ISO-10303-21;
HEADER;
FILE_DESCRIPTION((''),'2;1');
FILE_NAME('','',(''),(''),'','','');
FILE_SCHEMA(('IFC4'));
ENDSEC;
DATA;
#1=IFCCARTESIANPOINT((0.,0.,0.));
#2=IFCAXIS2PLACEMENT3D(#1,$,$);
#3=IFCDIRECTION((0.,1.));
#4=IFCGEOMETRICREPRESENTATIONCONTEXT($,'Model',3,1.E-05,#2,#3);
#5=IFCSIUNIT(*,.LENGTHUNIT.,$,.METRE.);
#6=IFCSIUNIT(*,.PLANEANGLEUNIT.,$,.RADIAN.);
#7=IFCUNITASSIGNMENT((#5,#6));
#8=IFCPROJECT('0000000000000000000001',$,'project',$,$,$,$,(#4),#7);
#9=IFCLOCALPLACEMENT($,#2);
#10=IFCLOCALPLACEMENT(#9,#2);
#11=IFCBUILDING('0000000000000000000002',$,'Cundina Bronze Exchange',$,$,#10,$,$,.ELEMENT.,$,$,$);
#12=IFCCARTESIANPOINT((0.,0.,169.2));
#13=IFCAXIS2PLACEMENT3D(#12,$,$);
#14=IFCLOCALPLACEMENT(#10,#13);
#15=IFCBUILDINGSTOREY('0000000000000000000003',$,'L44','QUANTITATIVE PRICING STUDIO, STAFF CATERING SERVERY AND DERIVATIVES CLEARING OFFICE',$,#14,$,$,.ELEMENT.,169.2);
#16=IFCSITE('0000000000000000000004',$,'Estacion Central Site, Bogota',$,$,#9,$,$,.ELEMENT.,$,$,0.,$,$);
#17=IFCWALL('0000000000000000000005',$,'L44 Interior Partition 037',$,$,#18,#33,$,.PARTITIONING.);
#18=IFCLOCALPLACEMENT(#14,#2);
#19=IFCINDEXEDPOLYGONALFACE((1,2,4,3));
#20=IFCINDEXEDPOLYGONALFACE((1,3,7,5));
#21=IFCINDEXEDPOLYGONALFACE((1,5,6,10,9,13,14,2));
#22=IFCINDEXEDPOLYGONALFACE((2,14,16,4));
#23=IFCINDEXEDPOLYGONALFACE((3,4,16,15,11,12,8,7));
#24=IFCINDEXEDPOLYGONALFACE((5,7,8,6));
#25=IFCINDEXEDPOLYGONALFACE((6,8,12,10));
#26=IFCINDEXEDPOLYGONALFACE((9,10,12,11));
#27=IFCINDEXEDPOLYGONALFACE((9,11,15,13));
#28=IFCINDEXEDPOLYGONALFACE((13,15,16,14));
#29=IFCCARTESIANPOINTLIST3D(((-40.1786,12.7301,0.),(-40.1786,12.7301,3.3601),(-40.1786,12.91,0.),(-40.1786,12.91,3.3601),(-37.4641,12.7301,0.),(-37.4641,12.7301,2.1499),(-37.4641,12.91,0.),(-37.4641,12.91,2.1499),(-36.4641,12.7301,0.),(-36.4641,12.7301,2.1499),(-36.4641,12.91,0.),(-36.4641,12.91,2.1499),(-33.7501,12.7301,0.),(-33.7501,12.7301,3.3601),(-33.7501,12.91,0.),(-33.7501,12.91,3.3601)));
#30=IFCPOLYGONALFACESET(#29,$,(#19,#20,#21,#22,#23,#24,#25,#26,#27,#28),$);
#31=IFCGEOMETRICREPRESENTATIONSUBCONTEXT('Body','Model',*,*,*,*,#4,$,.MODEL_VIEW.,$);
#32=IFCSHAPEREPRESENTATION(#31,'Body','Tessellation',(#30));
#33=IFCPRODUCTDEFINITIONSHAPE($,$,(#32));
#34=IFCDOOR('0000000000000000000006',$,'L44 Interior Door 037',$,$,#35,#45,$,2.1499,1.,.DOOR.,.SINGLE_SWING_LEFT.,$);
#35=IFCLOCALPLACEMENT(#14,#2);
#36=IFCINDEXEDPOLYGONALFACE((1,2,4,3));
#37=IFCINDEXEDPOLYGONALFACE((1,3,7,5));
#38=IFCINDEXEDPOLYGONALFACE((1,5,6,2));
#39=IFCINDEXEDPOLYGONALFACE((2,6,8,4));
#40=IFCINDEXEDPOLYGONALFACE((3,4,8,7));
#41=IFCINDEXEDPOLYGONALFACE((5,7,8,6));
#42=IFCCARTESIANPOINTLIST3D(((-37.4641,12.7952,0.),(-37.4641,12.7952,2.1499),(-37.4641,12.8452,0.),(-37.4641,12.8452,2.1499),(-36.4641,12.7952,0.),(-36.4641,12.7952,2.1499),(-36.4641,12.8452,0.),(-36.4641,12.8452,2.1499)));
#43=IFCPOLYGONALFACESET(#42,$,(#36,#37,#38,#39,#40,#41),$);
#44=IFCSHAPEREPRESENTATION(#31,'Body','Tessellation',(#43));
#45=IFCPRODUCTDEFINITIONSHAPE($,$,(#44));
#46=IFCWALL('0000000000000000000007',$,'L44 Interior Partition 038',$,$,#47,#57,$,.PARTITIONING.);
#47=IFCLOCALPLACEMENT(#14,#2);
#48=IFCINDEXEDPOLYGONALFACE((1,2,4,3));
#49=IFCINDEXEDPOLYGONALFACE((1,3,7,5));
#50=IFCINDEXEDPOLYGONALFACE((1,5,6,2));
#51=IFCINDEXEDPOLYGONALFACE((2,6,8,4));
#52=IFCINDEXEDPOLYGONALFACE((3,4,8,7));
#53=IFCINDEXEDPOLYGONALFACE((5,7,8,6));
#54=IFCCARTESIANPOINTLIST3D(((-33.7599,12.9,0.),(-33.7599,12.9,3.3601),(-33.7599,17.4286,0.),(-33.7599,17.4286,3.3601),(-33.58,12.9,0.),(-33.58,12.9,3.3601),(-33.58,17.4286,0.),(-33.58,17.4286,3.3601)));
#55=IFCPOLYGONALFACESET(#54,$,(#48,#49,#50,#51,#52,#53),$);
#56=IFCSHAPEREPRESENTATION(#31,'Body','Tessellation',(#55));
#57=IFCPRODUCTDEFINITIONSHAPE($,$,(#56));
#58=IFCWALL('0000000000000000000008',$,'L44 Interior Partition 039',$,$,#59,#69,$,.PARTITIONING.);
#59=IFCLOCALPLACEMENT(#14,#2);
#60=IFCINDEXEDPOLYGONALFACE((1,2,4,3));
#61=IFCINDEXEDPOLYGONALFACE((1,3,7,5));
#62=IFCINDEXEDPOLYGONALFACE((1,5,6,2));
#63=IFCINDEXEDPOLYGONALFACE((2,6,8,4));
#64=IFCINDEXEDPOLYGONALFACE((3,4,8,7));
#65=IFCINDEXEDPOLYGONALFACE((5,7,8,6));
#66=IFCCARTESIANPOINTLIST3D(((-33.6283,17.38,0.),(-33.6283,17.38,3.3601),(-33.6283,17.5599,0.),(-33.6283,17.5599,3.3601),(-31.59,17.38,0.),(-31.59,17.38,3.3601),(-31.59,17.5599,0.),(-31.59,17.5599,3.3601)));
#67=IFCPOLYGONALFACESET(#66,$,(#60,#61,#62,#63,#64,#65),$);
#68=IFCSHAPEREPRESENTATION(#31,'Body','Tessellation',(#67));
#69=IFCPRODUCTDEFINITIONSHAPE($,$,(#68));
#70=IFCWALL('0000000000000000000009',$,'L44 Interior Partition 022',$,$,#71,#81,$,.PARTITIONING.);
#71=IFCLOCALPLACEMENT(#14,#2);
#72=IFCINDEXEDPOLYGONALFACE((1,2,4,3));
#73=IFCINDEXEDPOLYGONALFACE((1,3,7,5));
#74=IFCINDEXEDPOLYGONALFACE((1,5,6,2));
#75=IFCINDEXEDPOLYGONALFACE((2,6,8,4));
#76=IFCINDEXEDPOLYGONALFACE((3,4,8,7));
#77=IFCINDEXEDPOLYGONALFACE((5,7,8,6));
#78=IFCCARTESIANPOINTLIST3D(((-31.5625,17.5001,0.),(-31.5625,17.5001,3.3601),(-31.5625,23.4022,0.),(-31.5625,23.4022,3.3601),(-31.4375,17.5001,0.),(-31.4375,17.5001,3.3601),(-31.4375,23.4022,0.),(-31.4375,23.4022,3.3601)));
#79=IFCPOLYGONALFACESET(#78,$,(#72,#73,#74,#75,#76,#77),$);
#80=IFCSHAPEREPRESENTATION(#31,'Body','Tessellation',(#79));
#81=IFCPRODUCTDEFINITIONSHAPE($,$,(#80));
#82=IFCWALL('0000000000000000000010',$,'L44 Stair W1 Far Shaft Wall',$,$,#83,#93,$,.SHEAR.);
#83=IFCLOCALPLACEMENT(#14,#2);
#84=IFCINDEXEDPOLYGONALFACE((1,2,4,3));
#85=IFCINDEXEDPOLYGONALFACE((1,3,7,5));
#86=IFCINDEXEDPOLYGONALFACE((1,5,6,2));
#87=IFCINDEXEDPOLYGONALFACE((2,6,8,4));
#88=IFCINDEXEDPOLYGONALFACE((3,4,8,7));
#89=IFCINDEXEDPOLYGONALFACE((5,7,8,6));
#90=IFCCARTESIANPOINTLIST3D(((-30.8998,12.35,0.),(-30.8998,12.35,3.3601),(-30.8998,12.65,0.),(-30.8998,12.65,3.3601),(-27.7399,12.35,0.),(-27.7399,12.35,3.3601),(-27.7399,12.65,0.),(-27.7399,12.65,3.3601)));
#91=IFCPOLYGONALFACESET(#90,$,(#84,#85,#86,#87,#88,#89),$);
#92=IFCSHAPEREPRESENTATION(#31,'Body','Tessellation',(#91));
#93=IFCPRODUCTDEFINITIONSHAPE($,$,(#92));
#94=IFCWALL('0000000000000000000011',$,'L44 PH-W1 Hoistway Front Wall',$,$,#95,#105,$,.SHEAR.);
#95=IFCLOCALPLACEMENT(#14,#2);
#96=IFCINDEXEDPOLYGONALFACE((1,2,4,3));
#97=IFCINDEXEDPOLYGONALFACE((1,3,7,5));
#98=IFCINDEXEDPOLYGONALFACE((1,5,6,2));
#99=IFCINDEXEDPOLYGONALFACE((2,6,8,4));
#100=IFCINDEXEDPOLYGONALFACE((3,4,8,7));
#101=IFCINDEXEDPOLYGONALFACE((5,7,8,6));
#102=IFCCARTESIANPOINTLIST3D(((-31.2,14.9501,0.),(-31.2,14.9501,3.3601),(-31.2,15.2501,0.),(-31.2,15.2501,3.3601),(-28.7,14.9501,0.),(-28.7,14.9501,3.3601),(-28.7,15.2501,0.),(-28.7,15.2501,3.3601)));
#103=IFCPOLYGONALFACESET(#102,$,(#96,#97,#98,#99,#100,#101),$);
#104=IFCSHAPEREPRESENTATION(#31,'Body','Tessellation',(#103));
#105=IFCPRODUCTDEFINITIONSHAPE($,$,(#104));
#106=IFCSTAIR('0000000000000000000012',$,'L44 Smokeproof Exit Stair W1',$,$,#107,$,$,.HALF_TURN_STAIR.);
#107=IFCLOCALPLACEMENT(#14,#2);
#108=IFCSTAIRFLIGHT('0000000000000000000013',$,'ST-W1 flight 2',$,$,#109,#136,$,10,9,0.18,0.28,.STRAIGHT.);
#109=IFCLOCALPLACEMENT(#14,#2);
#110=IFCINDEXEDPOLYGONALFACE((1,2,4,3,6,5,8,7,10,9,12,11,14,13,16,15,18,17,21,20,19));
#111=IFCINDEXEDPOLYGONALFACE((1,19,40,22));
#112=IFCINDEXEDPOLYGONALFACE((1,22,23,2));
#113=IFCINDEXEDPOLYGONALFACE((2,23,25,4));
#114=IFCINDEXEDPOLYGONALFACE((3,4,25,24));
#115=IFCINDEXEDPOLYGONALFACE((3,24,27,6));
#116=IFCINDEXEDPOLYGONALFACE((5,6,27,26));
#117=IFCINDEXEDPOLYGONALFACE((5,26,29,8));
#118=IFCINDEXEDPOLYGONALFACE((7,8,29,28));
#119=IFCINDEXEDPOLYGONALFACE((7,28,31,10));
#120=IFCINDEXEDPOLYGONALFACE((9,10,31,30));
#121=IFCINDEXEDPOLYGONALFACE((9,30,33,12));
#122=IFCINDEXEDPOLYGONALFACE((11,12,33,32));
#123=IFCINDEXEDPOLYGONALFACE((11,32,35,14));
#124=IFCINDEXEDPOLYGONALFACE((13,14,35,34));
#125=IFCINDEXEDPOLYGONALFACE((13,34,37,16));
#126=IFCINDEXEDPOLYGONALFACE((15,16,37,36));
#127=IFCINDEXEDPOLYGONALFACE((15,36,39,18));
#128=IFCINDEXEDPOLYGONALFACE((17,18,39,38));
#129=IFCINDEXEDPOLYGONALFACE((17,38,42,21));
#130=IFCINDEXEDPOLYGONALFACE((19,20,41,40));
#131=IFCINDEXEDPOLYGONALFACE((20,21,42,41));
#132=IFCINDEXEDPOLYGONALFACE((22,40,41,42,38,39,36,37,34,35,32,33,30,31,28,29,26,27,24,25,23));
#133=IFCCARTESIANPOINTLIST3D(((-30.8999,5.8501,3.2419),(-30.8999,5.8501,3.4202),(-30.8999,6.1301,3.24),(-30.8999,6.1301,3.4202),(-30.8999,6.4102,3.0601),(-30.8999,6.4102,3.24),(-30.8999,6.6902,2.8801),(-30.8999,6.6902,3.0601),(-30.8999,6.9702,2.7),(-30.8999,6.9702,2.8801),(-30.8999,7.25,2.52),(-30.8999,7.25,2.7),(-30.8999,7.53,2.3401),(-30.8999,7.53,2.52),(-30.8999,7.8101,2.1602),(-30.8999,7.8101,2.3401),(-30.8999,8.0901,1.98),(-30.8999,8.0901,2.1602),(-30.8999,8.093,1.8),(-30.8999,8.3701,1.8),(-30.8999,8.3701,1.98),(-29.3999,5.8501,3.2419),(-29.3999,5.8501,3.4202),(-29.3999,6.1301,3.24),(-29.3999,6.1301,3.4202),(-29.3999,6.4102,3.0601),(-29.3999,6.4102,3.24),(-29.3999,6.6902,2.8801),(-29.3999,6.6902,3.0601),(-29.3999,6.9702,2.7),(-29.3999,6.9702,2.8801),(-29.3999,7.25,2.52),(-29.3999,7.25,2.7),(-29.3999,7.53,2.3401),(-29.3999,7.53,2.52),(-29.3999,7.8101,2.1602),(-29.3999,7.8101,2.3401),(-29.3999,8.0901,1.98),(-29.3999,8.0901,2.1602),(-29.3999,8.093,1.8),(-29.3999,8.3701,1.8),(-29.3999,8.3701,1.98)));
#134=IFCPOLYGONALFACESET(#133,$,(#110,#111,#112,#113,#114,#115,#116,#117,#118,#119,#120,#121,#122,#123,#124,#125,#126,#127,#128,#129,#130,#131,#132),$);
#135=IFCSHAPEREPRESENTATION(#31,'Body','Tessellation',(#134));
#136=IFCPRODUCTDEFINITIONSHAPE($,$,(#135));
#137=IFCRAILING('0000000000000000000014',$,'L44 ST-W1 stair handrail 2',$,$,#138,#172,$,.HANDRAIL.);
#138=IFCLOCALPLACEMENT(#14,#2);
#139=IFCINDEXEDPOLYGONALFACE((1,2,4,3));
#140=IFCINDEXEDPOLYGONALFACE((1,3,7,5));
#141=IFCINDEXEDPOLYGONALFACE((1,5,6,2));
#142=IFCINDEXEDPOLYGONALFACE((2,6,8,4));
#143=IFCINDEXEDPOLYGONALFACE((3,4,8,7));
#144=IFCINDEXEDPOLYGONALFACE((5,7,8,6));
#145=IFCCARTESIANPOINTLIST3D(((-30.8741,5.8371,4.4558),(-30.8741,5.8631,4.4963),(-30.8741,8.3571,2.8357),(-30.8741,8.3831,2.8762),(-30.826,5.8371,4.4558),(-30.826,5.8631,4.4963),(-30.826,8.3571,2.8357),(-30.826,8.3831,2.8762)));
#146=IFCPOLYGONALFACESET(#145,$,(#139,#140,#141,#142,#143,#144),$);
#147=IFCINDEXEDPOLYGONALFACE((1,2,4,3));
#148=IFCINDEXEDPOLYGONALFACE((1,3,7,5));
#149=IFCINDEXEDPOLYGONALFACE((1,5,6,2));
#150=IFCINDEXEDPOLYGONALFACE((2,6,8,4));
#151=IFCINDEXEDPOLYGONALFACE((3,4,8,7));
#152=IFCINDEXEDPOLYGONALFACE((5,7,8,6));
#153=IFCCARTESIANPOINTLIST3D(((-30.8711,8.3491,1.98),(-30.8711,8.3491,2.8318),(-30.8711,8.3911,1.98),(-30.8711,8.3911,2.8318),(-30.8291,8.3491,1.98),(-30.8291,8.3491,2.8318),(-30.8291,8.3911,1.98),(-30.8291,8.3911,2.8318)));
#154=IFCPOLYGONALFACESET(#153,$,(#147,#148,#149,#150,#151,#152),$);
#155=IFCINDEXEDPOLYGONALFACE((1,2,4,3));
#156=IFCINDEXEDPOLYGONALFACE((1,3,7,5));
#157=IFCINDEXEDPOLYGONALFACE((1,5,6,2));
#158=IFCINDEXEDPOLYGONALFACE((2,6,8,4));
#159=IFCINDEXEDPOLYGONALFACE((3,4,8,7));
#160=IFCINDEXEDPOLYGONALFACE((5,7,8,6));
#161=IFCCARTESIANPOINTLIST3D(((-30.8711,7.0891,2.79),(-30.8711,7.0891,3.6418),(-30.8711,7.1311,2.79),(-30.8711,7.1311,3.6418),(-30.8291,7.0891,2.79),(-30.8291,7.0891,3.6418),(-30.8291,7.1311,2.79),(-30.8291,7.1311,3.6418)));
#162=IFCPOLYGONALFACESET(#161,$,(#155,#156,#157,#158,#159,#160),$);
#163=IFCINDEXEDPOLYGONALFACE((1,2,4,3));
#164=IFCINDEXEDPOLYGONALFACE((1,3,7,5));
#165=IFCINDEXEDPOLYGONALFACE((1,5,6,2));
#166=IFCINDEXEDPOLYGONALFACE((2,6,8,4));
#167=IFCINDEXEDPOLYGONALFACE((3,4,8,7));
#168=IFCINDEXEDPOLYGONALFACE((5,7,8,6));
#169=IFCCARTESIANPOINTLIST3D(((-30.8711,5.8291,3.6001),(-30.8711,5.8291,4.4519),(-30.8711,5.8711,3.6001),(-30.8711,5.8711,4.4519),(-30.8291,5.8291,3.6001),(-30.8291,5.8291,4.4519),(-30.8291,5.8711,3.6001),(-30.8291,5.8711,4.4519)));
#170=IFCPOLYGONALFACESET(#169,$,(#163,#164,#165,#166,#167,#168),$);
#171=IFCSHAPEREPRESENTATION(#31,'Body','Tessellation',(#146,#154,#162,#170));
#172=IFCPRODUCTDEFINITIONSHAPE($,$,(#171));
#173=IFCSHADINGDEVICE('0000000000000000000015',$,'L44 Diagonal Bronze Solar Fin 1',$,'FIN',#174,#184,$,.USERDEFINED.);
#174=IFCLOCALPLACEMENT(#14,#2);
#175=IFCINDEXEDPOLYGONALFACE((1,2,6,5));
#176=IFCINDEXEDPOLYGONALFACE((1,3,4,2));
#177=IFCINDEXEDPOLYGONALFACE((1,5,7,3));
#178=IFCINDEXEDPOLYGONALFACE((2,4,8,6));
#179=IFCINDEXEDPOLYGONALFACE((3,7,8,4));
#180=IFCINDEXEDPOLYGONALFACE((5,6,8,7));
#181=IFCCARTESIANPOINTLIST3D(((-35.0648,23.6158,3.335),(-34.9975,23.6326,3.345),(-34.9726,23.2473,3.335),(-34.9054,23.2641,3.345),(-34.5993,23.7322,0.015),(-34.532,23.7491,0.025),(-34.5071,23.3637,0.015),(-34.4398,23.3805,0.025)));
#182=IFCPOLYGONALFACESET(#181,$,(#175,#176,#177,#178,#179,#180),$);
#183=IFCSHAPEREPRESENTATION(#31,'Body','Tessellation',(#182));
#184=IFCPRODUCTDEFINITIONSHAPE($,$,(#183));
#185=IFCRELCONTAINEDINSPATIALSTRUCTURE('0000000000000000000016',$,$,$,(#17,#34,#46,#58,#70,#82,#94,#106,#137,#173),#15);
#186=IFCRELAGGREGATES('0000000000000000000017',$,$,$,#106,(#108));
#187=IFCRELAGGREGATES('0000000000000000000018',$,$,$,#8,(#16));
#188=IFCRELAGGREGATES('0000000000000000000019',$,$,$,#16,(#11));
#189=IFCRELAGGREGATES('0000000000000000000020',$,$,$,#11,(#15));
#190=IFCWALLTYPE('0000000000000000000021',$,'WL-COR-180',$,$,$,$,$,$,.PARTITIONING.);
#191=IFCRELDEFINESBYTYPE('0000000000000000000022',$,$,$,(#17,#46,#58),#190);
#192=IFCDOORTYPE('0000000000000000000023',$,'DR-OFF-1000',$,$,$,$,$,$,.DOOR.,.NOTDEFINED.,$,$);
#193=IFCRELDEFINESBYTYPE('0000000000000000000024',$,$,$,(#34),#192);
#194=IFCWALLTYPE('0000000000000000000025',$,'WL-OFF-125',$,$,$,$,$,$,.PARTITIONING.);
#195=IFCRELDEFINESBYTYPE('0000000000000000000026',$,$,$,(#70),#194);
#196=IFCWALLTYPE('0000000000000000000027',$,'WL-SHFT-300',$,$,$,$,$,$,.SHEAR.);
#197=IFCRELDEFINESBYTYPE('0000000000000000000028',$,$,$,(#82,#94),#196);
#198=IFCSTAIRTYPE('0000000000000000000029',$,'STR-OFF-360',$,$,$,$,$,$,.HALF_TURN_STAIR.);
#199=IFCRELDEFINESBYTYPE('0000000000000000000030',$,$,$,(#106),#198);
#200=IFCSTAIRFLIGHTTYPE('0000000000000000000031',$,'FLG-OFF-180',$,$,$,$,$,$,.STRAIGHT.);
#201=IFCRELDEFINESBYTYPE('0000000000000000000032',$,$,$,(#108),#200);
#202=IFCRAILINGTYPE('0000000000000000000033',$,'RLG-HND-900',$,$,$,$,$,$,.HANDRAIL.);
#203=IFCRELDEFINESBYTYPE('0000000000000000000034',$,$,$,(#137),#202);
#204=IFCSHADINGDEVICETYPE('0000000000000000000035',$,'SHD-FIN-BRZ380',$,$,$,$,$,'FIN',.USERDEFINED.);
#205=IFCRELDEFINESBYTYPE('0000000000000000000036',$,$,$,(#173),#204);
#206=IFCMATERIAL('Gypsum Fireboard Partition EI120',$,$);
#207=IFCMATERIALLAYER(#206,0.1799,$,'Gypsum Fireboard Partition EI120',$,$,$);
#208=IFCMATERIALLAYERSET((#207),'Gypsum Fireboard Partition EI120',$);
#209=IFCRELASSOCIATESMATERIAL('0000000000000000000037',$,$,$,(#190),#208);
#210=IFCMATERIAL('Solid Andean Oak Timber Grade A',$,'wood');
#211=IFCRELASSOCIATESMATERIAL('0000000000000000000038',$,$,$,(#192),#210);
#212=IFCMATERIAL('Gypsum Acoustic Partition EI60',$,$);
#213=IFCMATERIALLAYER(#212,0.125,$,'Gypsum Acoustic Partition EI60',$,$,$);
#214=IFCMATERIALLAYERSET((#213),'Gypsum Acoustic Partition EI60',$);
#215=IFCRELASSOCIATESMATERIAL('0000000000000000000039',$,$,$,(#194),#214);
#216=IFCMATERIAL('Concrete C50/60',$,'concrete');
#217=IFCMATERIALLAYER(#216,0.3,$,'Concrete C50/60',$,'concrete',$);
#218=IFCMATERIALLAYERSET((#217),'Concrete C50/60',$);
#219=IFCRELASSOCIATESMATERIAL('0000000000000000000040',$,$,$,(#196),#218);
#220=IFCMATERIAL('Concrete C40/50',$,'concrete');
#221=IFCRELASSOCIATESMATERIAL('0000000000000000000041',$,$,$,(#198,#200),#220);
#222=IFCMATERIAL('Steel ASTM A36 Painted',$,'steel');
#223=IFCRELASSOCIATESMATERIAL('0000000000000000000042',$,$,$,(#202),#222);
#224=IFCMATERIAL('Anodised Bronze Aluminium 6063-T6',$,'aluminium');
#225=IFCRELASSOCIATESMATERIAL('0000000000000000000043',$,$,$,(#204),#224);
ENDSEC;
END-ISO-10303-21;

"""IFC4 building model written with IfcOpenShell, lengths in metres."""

from ifc_helpers import new_model, si_unit, direction, frame, frame_2d, origin, origin_2d, place, context, subcontext, project, spatial, polyline, rectangle, outline, extrude, material, layer, layer_set, material_profile, profile_set, type_object, element, fill, aggregate, save


model = new_model("IFC4")

# Units and contexts
model_context = context("Model", 3, precision=1e-05, world=origin(), true_north=direction((0.0, 1.0)))
body_context = subcontext(model_context, "Body", "Model", "MODEL_VIEW")
ifc_project = project(units=[si_unit("LENGTHUNIT", "METRE"), si_unit("PLANEANGLEUNIT", "RADIAN")], contexts=[model_context])

# Site, building, storey
site_placement = place(None, origin())
site = spatial("IfcSite", under=ifc_project, at=site_placement, Name="Estacion Central Site, Bogota", CompositionType="ELEMENT", RefElevation=0.0)
building_placement = place(site_placement, origin())
building = spatial("IfcBuilding", under=site, at=building_placement, Name="Cundina Bronze Exchange", CompositionType="ELEMENT")
storey_placement = place(building_placement, frame((0.0, 0.0, 169.2)))
storey = spatial("IfcBuildingStorey", under=building, at=storey_placement, Name="L44", Description="QUANTITATIVE PRICING STUDIO, STAFF CATERING SERVERY AND DERIVATIVES CLEARING OFFICE", CompositionType="ELEMENT", Elevation=169.2)

# Shared definitions
ifc_material_1 = material(Name="Concrete C50/60", Category="concrete")

# Shared definitions
ifc_material_2 = material(Name="Anodised Bronze Aluminium 6063-T6", Category="aluminium")

# Shared definitions
ifc_material_3 = material(Name="Gypsum Fireboard Partition EI120")
ifc_layer_1 = layer(ifc_material_3, 0.1799, Name="Gypsum Fireboard Partition EI120")
ifc_layer_set_1 = layer_set([ifc_layer_1], Name="Gypsum Fireboard Partition EI120")
wall_type_1 = type_object("IfcWallType", Name="WL-COR-180", PredefinedType="PARTITIONING", material=ifc_layer_set_1)
ifc_material_4 = material(Name="Solid Andean Oak Timber Grade A", Category="wood")
door_type_1 = type_object("IfcDoorType", Name="DR-OFF-1000", OperationType="NOTDEFINED", PredefinedType="DOOR", material=ifc_material_4)

# Wall, opening, door
wall_1_placement = place(storey_placement, frame((-33.75, 12.8201, 0.0), z_axis=(0.0, 0.0, 1.0), x_axis=(-1.0, 0.0, 0.0)))
wall_1 = element("IfcWall", 1, at=wall_1_placement, inside=storey, type_object=wall_type_1, Name="L44 Interior Partition 037", PredefinedType="PARTITIONING", context=body_context, shape_type="SweptSolid", body=[
    extrude(rectangle(XDim=6.4285, YDim=0.1799, at=frame_2d((3.2144, 0.0))), origin(), (0.0, 0.0, 1.0), 3.3601),
])
opening_1_placement = place(wall_1_placement, frame((2.7141, 0.0, 0.0)))
opening_1 = element("IfcOpeningElement", 2, at=opening_1_placement, cuts=wall_1, PredefinedType="OPENING", context=body_context, shape_type="SweptSolid", body=[
    extrude(rectangle(XDim=1.0, YDim=2.1499, at=frame_2d((0.5, 1.075))), frame((0.0, 0.0999, 0.0), z_axis=(0.0, -1.0, 0.0), x_axis=(1.0, 0.0, 0.0)), (0.0, 0.0, 1.0), 0.2),
])
door_1_placement = place(opening_1_placement, origin())
door_1 = element("IfcDoor", 3, at=door_1_placement, inside=storey, type_object=door_type_1, Name="L44 Interior Door 037", OperationType="SINGLE_SWING_LEFT", OverallHeight=2.1499, OverallWidth=1.0, PredefinedType="DOOR", context=body_context, shape_type="SweptSolid", body=[
    extrude(rectangle(XDim=1.0, YDim=2.1499, at=frame_2d((0.5, 1.075))), frame((0.0, 0.0249, 0.0), z_axis=(0.0, -1.0, 0.0), x_axis=(1.0, 0.0, 0.0)), (0.0, 0.0, 1.0), 0.05),
])
fill(opening_1, door_1)

# Walls
wall_2_placement = place(storey_placement, frame((-33.6699, 17.4285, 0.0), z_axis=(0.0, 0.0, 1.0), x_axis=(0.0, -1.0, 0.0)))
element("IfcWall", 4, at=wall_2_placement, inside=storey, type_object=wall_type_1, Name="L44 Interior Partition 038", PredefinedType="PARTITIONING", context=body_context, shape_type="SweptSolid", body=[
    extrude(rectangle(XDim=4.5286, YDim=0.1799, at=frame_2d((2.2642, 0.0))), origin(), (0.0, 0.0, 1.0), 3.3601),
])
wall_3_placement = place(storey_placement, frame((-31.5901, 17.47, 0.0), z_axis=(0.0, 0.0, 1.0), x_axis=(-1.0, 0.0, 0.0)))
element("IfcWall", 5, at=wall_3_placement, inside=storey, type_object=wall_type_1, Name="L44 Interior Partition 039", PredefinedType="PARTITIONING", context=body_context, shape_type="SweptSolid", body=[
    extrude(rectangle(XDim=2.0383, YDim=0.1799, at=frame_2d((1.019, 0.0))), origin(), (0.0, 0.0, 1.0), 3.3601),
])
ifc_material_5 = material(Name="Gypsum Acoustic Partition EI60")
ifc_layer_2 = layer(ifc_material_5, 0.125, Name="Gypsum Acoustic Partition EI60")
ifc_layer_set_2 = layer_set([ifc_layer_2], Name="Gypsum Acoustic Partition EI60")
wall_type_2 = type_object("IfcWallType", Name="WL-OFF-125", PredefinedType="PARTITIONING", material=ifc_layer_set_2)
wall_4_placement = place(storey_placement, frame((-31.5, 17.5, 0.0), z_axis=(0.0, 0.0, 1.0), x_axis=(0.0, 1.0, 0.0)))
element("IfcWall", 6, at=wall_4_placement, inside=storey, type_object=wall_type_2, Name="L44 Interior Partition 022", PredefinedType="PARTITIONING", context=body_context, shape_type="SweptSolid", body=[
    extrude(rectangle(XDim=5.9021, YDim=0.125, at=frame_2d((2.9512, 0.0))), origin(), (0.0, 0.0, 1.0), 3.3601),
])

# Shared definitions
ifc_layer_3 = layer(ifc_material_1, 0.3, Name="Concrete C50/60", Category="concrete")
ifc_layer_set_3 = layer_set([ifc_layer_3], Name="Concrete C50/60")
wall_type_3 = type_object("IfcWallType", Name="WL-SHFT-300", PredefinedType="SHEAR", material=ifc_layer_set_3)
ifc_material_6 = material(Name="Steel ASTM A36 Painted", Category="steel")

# Walls
wall_5_placement = place(storey_placement, frame((-30.8999, 12.5, 0.0), z_axis=(0.0, 0.0, 1.0), x_axis=(1.0, 0.0, 0.0)))
element("IfcWall", 7, at=wall_5_placement, inside=storey, type_object=wall_type_3, Name="L44 Stair W1 Far Shaft Wall", PredefinedType="SHEAR", context=body_context, shape_type="SweptSolid", body=[
    extrude(rectangle(XDim=3.1599, YDim=0.3, at=frame_2d((1.5801, 0.0))), origin(), (0.0, 0.0, 1.0), 3.3601),
])
wall_6_placement = place(storey_placement, frame((-31.2, 15.1001, 0.0), z_axis=(0.0, 0.0, 1.0), x_axis=(1.0, 0.0, 0.0)))
element("IfcWall", 8, at=wall_6_placement, inside=storey, type_object=wall_type_3, Name="L44 PH-W1 Hoistway Front Wall", PredefinedType="SHEAR", context=body_context, shape_type="SweptSolid", body=[
    extrude(rectangle(XDim=2.5, YDim=0.3, at=frame_2d((1.25, 0.0))), origin(), (0.0, 0.0, 1.0), 3.3601),
])

# Stair, stair flight
ifc_material_7 = material(Name="Concrete C40/50", Category="concrete")
stair_type = type_object("IfcStairType", Name="STR-OFF-360", PredefinedType="HALF_TURN_STAIR", material=ifc_material_7)
stair_placement = place(storey_placement, origin())
stair = element("IfcStair", 9, at=stair_placement, inside=storey, type_object=stair_type, Name="L44 Smokeproof Exit Stair W1", PredefinedType="HALF_TURN_STAIR")
stair_flight_type = type_object("IfcStairFlightType", Name="FLG-OFF-180", PredefinedType="STRAIGHT", material=ifc_material_7)
stair_flight_placement = place(storey_placement, frame((-30.1499, 8.3701, 1.8), z_axis=(0.0, 0.0, 1.0), x_axis=(0.0, -1.0, 0.0)))
stair_flight = element("IfcStairFlight", 10, at=stair_flight_placement, type_object=stair_flight_type, Name="ST-W1 flight 2", NumberOfRisers=10, NumberOfTreads=9, PredefinedType="STRAIGHT", RiserHeight=0.18, TreadLength=0.28, context=body_context, shape_type="SweptSolid", body=[
    extrude(outline(polyline([(0.0, 0.0), (0.0, 0.1799), (0.28, 0.1799), (0.28, 0.3601), (0.5601, 0.3601), (0.5601, 0.54), (0.8401, 0.54), (0.8401, 0.72), (1.1201, 0.72), (1.1201, 0.8999), (1.3999, 0.8999), (1.3999, 1.0801), (1.6799, 1.0801), (1.6799, 1.26), (1.96, 1.26), (1.96, 1.4399), (2.24, 1.4399), (2.24, 1.6201), (2.52, 1.6201), (2.52, 1.8), (2.52, 1.4419), (0.2771, 0.0), (0.0, 0.0)])), frame((0.0, 0.75, 0.0), z_axis=(0.0, -1.0, 0.0), x_axis=(1.0, 0.0, 0.0)), (0.0, 0.0, 1.0), 1.5),
])
aggregate(stair, [stair_flight])

# Railing
railing_type = type_object("IfcRailingType", Name="RLG-HND-900", PredefinedType="HANDRAIL", material=ifc_material_6)
railing_placement = place(storey_placement, frame((-30.8501, 8.3701, 1.98)))
element("IfcRailing", 11, at=railing_placement, inside=storey, type_object=railing_type, Name="L44 ST-W1 stair handrail 2", PredefinedType="HANDRAIL", context=body_context, shape_type="SweptSolid", body=[
    extrude(rectangle(XDim=0.0481, YDim=0.0481, at=origin_2d()), frame((0.0, 0.0, 0.876), z_axis=(0.0, -0.841163, 0.540782), x_axis=(1.0, 0.0, 0.0)), (0.0, 0.0, 1.0), 2.9958),
    extrude(rectangle(XDim=0.042, YDim=0.042, at=origin_2d()), origin(), (0.0, 0.0, 1.0), 0.8518),
    extrude(rectangle(XDim=0.042, YDim=0.042, at=origin_2d()), frame((0.0, -1.26, 0.8101)), (0.0, 0.0, 1.0), 0.8518),
    extrude(rectangle(XDim=0.042, YDim=0.042, at=origin_2d()), frame((0.0, -2.52, 1.6201)), (0.0, 0.0, 1.0), 0.8518),
])

# Shading device
ifc_material_profile_1 = material_profile(ifc_material_2, rectangle(XDim=0.0701, YDim=0.3799, at=origin_2d()), Name="FIN70X380", Category="aluminium")
ifc_profile_set_1 = profile_set([ifc_material_profile_1], Name="Anodised Bronze Aluminium 6063-T6")
shading_device_type = type_object("IfcShadingDeviceType", Name="SHD-FIN-BRZ380", ElementType="FIN", PredefinedType="USERDEFINED", material=ifc_profile_set_1)
shading_device_placement = place(storey_placement, frame((-34.5195, 23.5564, 0.02), z_axis=(-0.138788, -0.034715, 0.989713), x_axis=(0.960133, 0.240159, 0.143064)))
element("IfcShadingDevice", 12, at=shading_device_placement, inside=storey, type_object=shading_device_type, Name="L44 Diagonal Bronze Solar Fin 1", ObjectType="FIN", PredefinedType="USERDEFINED", context=body_context, shape_type="SweptSolid", body=[
    extrude(rectangle(XDim=0.0701, YDim=0.3799, at=origin_2d()), origin(), (0.0, 0.0, 1.0), 3.3545),
])

save(model, "model.ifc")
